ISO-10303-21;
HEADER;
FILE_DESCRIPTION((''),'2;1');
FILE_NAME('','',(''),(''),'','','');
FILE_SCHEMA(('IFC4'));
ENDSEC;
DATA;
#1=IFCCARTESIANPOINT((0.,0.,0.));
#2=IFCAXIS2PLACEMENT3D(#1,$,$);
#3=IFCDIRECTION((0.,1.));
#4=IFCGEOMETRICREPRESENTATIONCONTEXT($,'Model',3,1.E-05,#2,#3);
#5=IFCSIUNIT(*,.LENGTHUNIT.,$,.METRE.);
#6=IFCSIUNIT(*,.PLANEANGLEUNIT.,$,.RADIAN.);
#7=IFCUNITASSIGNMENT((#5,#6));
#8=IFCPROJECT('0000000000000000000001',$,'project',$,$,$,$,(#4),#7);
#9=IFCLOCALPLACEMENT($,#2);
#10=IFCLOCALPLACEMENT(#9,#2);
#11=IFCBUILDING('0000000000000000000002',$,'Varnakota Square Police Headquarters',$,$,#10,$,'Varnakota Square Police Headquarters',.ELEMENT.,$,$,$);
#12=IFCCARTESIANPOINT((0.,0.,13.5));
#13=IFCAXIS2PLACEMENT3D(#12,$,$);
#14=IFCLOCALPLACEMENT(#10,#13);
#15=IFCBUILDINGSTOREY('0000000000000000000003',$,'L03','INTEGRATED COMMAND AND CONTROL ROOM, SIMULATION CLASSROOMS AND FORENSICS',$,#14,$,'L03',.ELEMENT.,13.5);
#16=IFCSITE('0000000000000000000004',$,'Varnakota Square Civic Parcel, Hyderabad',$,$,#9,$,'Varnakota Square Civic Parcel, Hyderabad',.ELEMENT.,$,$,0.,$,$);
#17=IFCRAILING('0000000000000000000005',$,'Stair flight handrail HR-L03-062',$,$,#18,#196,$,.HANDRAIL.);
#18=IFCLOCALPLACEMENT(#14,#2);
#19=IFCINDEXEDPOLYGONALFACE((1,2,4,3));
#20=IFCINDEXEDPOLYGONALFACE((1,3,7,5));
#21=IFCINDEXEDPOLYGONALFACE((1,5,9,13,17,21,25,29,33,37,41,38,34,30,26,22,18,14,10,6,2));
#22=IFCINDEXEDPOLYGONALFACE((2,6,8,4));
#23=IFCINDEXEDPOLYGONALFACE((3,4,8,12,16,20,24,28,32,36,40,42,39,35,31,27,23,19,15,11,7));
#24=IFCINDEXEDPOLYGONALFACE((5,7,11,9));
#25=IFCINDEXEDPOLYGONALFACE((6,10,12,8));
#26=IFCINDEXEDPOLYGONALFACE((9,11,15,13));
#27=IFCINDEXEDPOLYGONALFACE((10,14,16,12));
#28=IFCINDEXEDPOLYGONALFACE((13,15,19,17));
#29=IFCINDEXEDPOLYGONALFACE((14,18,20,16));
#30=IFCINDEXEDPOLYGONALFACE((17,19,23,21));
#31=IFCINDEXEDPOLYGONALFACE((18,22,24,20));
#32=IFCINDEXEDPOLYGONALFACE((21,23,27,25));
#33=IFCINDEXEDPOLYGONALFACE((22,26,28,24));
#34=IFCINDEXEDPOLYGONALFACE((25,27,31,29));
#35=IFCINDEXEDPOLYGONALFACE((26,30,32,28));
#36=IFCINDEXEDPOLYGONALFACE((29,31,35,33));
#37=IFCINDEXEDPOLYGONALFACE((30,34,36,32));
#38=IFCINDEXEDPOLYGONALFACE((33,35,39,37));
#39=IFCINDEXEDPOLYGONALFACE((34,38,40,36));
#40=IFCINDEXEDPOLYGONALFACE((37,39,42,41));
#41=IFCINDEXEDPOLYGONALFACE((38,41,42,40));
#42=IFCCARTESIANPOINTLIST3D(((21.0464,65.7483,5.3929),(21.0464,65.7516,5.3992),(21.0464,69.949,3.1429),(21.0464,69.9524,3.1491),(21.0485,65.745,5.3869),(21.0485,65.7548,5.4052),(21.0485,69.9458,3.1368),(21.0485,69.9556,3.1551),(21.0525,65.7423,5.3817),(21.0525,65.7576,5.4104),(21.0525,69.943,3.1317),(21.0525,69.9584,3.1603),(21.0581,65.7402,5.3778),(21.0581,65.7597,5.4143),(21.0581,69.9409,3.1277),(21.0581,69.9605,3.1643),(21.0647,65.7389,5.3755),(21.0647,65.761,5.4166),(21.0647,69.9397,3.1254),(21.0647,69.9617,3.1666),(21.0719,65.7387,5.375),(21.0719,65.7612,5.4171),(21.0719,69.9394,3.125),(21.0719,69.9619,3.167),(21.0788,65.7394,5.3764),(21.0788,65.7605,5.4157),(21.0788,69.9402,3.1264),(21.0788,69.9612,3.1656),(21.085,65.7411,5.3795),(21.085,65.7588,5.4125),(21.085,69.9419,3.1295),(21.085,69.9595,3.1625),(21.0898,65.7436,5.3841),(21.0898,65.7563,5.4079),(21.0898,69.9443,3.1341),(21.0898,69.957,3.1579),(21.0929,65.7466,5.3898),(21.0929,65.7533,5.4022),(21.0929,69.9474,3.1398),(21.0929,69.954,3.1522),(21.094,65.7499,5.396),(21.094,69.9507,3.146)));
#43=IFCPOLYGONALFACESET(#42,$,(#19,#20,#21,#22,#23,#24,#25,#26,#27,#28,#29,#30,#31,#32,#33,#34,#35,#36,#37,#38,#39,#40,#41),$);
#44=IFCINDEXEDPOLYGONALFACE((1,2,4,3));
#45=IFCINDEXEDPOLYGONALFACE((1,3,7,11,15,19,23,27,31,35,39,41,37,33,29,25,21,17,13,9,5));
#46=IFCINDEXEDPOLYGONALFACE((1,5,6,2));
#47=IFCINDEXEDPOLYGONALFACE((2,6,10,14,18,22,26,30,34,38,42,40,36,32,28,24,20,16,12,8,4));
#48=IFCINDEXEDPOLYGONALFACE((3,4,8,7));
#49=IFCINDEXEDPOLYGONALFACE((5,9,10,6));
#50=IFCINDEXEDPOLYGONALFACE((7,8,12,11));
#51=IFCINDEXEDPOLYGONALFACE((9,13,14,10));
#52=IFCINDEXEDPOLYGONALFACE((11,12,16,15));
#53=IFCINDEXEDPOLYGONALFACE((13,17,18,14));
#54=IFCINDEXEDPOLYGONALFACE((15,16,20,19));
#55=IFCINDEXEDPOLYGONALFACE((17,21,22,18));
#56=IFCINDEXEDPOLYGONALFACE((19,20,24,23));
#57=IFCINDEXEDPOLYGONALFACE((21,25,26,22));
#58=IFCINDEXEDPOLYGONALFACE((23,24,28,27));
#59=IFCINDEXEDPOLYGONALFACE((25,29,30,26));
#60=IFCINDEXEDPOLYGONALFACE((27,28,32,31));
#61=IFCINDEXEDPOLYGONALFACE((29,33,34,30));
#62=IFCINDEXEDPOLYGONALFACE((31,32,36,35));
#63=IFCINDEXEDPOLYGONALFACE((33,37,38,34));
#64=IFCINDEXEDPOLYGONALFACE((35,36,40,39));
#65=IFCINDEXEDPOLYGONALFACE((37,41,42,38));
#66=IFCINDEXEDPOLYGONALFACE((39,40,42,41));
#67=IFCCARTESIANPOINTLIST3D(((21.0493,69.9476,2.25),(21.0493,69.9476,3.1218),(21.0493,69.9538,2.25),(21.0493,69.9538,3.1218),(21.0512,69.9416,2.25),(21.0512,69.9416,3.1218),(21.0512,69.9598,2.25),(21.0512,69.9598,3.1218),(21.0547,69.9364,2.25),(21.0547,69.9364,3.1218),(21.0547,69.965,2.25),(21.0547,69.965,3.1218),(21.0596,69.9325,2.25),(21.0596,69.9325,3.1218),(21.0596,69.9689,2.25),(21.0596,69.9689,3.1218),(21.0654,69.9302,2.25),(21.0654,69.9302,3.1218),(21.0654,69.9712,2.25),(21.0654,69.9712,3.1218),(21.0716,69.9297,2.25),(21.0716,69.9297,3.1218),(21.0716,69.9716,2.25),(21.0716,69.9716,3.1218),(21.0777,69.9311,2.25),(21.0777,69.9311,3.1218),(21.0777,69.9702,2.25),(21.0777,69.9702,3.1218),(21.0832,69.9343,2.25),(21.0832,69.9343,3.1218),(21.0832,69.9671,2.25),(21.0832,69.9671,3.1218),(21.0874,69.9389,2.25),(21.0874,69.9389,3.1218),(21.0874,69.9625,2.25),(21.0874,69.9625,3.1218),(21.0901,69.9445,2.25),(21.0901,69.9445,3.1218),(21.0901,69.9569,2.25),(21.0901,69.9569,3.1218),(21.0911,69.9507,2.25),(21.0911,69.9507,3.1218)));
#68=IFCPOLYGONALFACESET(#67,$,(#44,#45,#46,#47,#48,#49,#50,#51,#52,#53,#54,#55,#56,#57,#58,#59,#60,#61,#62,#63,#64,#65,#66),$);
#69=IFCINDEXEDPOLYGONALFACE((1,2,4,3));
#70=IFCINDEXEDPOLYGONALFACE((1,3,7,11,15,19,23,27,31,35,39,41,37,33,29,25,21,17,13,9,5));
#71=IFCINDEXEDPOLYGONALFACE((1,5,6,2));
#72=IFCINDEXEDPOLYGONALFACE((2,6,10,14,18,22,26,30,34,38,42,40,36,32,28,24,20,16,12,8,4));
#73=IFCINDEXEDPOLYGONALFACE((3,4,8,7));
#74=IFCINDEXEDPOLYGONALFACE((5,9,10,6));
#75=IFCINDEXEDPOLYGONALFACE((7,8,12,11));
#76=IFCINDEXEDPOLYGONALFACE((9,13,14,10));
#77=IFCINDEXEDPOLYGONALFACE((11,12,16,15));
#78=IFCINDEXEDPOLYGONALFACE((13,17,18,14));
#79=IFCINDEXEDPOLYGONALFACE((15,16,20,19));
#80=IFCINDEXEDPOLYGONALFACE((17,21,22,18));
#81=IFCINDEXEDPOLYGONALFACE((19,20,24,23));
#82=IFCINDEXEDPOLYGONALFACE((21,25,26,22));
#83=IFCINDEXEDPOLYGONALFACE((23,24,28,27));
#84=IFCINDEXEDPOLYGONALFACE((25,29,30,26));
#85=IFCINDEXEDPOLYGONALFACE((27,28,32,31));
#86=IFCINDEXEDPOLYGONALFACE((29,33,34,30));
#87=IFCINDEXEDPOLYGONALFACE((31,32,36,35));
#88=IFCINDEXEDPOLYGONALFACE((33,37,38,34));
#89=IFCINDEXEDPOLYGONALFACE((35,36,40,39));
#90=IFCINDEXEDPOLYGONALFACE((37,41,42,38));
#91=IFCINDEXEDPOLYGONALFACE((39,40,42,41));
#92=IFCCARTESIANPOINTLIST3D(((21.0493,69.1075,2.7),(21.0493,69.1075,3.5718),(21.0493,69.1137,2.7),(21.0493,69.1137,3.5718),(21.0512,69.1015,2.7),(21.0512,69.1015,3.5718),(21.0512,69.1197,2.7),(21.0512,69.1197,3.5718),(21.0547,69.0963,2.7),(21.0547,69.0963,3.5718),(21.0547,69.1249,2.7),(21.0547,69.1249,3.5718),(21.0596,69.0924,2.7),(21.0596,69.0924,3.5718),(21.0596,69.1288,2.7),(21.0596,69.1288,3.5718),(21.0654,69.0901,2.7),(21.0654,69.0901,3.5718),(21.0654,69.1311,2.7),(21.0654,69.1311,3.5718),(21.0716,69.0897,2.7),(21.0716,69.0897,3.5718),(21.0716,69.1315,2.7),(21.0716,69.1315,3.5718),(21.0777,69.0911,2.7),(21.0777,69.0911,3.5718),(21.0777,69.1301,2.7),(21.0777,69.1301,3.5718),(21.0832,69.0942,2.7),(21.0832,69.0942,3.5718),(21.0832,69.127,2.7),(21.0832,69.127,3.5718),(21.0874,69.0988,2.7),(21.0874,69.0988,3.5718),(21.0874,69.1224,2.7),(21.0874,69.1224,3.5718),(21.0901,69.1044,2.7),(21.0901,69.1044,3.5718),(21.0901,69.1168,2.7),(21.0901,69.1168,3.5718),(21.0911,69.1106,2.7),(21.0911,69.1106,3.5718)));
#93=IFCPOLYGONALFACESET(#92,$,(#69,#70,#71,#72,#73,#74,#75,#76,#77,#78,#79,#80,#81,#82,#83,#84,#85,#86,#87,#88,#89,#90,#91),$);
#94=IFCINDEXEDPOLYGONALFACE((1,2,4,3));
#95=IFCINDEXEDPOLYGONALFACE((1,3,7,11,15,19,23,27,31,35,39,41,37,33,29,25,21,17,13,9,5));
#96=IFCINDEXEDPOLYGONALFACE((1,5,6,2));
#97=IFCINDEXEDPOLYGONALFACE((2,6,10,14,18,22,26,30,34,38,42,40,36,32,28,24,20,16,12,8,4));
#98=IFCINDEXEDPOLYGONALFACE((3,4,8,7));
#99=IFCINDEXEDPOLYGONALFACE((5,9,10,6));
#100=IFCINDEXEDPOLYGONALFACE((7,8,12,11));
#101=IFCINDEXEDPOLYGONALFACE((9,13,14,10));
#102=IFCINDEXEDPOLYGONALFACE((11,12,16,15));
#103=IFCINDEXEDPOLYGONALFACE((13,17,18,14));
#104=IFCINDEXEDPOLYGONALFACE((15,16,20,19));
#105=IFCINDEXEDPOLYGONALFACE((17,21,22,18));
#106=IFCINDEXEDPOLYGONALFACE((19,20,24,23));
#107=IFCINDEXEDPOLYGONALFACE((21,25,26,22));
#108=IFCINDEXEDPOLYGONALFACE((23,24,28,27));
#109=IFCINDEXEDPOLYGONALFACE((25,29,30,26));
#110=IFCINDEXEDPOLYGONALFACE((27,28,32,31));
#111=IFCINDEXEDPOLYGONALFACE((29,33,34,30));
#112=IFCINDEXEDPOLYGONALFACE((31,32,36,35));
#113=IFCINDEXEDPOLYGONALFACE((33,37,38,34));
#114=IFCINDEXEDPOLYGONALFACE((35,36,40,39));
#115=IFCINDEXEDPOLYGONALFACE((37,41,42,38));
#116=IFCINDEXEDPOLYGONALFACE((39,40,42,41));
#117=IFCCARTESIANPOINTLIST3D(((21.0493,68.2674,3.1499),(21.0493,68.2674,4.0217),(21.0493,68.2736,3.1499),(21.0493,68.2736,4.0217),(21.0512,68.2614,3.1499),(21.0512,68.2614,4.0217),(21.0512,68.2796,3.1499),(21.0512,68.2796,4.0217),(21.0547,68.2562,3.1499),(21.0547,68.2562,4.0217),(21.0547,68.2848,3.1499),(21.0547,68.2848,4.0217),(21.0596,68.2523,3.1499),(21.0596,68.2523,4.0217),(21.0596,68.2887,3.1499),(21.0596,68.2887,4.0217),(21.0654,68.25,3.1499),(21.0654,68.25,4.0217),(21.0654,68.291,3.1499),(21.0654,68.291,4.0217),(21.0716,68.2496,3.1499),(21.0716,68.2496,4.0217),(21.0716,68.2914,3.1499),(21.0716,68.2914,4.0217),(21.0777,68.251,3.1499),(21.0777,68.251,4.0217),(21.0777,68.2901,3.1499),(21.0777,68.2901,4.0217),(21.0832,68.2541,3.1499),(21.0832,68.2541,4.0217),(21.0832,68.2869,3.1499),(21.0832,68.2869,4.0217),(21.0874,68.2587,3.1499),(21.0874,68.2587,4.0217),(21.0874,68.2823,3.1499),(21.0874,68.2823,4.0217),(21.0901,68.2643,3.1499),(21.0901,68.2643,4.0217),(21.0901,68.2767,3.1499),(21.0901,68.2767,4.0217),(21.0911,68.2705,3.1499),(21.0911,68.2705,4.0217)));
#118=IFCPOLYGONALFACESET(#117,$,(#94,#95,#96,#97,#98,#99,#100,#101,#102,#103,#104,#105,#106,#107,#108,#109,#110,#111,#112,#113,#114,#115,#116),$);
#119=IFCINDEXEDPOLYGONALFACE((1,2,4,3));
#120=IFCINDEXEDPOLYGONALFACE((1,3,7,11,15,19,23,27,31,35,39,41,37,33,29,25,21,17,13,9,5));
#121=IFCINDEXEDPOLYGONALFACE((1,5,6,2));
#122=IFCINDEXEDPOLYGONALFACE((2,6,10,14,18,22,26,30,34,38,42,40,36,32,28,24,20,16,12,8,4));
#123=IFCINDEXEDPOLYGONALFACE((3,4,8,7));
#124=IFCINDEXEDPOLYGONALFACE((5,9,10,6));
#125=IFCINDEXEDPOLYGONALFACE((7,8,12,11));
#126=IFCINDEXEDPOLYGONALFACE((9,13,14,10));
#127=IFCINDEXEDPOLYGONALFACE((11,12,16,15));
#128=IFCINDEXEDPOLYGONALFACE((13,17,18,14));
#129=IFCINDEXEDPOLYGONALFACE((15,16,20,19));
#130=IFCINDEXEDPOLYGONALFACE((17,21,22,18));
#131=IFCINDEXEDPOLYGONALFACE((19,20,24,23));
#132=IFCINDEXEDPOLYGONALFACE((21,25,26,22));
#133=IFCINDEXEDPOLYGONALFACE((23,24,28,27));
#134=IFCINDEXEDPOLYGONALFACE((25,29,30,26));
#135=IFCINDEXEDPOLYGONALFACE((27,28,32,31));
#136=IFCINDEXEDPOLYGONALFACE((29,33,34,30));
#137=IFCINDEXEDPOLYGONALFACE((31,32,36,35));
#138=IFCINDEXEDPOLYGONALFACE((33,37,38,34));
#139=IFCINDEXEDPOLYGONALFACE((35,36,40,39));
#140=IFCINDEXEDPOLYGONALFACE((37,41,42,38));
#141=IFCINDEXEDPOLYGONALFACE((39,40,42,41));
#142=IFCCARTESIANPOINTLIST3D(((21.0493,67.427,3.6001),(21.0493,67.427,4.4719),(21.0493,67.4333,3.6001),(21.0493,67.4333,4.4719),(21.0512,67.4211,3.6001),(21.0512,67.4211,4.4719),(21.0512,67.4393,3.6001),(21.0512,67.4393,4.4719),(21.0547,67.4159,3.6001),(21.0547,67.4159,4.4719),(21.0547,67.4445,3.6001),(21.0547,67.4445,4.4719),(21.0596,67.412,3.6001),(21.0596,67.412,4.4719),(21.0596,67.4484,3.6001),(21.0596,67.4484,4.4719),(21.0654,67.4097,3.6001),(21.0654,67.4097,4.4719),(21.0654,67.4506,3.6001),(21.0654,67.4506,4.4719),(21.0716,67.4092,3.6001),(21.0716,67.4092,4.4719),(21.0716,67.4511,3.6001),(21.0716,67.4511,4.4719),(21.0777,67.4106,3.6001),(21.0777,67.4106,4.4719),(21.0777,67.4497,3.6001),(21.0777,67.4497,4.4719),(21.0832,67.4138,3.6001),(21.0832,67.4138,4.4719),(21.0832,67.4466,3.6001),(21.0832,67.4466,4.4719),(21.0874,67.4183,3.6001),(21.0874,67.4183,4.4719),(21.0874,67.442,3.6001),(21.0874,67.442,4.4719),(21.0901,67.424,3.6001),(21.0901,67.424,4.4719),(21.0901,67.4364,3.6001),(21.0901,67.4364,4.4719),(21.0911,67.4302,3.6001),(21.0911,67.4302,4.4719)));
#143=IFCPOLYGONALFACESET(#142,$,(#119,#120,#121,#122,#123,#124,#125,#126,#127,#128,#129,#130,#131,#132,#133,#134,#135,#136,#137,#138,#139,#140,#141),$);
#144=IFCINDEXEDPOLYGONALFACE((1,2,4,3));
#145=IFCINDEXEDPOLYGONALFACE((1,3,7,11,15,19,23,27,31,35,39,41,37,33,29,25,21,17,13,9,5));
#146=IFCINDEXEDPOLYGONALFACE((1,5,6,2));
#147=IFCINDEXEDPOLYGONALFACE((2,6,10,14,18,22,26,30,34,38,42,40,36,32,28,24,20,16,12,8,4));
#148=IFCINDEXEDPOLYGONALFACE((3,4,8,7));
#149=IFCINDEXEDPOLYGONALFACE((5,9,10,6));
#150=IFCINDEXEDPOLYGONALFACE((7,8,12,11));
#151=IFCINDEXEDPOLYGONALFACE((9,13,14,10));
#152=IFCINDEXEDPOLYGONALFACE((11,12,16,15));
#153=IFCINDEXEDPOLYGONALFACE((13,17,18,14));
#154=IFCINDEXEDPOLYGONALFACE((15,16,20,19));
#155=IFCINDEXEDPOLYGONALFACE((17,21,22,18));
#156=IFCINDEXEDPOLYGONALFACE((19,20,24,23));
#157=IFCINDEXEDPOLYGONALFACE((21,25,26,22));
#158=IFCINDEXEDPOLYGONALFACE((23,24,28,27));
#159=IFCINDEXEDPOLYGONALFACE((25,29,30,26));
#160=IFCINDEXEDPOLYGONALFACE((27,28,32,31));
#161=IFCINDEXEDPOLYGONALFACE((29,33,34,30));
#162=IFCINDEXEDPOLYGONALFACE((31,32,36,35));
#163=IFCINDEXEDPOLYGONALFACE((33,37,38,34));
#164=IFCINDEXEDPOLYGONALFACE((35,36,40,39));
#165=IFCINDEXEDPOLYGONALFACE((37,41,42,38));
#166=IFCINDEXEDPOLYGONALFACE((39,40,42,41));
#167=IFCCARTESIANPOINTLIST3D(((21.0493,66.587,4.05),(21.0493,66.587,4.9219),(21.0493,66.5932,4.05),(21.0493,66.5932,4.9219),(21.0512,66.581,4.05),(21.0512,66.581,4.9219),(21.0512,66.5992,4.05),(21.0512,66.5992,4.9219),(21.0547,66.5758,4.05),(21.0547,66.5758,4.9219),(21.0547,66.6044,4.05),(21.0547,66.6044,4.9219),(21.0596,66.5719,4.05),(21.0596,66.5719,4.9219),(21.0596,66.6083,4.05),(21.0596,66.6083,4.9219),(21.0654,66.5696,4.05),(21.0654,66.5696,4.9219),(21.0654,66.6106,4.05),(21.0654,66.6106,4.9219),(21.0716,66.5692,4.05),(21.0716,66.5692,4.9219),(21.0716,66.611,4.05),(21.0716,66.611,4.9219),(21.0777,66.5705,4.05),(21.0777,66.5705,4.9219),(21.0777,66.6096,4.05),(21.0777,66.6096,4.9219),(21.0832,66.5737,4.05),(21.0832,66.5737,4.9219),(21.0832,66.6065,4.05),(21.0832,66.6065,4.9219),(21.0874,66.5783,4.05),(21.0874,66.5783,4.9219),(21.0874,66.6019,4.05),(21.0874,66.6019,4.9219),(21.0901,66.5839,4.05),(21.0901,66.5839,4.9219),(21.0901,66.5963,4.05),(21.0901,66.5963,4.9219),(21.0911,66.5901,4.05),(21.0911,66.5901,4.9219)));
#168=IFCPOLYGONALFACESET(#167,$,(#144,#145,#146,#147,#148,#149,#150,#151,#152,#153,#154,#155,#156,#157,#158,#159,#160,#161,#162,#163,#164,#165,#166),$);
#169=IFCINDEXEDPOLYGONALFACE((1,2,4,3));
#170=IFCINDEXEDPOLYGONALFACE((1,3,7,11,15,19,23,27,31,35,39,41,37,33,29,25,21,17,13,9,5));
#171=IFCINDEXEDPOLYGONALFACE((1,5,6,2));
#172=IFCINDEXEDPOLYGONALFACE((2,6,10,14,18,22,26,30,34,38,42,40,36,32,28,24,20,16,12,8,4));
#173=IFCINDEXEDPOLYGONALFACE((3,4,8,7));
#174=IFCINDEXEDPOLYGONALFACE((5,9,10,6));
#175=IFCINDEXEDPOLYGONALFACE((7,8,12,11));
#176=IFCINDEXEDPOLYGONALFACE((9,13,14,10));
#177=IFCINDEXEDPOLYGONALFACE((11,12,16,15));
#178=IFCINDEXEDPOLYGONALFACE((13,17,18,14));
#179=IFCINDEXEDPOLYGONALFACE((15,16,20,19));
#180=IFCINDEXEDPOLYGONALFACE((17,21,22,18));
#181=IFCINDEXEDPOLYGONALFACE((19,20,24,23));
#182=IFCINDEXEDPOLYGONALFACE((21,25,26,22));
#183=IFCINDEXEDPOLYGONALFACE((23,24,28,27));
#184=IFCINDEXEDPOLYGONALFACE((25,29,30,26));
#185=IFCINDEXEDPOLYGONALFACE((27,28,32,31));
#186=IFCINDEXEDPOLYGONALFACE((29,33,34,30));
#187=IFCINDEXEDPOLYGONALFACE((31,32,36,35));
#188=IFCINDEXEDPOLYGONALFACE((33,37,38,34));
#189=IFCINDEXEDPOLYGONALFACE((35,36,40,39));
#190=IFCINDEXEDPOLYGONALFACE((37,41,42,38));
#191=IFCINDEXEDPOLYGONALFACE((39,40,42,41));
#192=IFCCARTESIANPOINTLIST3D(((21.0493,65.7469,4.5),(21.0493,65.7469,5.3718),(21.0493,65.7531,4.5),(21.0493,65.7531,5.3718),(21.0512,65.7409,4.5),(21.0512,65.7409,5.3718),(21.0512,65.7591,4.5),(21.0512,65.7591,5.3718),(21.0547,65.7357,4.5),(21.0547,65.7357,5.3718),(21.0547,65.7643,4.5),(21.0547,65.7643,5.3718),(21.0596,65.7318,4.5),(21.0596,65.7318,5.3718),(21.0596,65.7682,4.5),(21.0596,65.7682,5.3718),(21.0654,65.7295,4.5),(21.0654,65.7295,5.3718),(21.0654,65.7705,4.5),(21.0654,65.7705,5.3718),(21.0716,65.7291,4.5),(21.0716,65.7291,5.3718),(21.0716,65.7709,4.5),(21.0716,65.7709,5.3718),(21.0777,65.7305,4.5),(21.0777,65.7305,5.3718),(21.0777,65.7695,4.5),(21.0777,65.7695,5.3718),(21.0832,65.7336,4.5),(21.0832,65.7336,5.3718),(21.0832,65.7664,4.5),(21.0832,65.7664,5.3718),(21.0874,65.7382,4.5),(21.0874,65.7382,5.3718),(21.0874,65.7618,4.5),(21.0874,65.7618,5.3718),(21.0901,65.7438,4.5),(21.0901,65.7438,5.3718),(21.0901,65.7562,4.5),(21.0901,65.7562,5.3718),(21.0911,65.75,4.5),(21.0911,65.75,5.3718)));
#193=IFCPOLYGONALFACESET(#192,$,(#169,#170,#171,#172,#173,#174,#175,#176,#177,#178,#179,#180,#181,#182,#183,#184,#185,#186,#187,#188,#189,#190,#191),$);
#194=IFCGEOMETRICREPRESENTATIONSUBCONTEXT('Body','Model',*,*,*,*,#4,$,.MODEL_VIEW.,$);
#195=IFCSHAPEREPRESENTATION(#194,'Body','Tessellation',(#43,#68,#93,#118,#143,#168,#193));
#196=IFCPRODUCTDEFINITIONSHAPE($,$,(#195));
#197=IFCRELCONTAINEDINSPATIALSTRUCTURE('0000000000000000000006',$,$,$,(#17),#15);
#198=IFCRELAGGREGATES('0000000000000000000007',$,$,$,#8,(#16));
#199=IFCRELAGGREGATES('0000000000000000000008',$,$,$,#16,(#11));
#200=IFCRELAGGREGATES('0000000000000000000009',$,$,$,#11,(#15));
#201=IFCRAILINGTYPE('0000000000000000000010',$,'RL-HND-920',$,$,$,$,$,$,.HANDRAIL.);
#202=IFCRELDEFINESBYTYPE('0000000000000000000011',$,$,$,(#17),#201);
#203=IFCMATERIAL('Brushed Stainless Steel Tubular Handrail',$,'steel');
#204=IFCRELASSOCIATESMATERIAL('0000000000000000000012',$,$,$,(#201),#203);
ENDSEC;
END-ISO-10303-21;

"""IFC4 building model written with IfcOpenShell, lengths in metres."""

from ifc_helpers import new_model, si_unit, direction, frame, origin, origin_2d, place, context, subcontext, project, spatial, circle, extrude, material, type_object, element, save


model = new_model("IFC4")

# Units and contexts
model_context = context("Model", 3, precision=1e-05, world=origin(), true_north=direction((0.0, 1.0)))
body_context = subcontext(model_context, "Body", "Model", "MODEL_VIEW")
ifc_project = project(units=[si_unit("LENGTHUNIT", "METRE"), si_unit("PLANEANGLEUNIT", "RADIAN")], contexts=[model_context])

# Site, building, storey
site_placement = place(None, origin())
site = spatial("IfcSite", under=ifc_project, at=site_placement, Name="Varnakota Square Civic Parcel, Hyderabad", LongName="Varnakota Square Civic Parcel, Hyderabad", CompositionType="ELEMENT", RefElevation=0.0)
building_placement = place(site_placement, origin())
building = spatial("IfcBuilding", under=site, at=building_placement, Name="Varnakota Square Police Headquarters", LongName="Varnakota Square Police Headquarters", CompositionType="ELEMENT")
storey_placement = place(building_placement, frame((0.0, 0.0, 13.5)))
storey = spatial("IfcBuildingStorey", under=building, at=storey_placement, Name="L03", Description="INTEGRATED COMMAND AND CONTROL ROOM, SIMULATION CLASSROOMS AND FORENSICS", LongName="L03", CompositionType="ELEMENT", Elevation=13.5)

# Railing
ifc_material_1 = material(Name="Brushed Stainless Steel Tubular Handrail", Category="steel")
railing_type_1 = type_object("IfcRailingType", Name="RL-HND-920", PredefinedType="HANDRAIL", material=ifc_material_1)
railing_1_placement = place(storey_placement, frame((21.0701, 69.9507, 2.25)))
element("IfcRailing", 1, at=railing_1_placement, inside=storey, type_object=railing_type_1, Name="Stair flight handrail HR-L03-062", PredefinedType="HANDRAIL", context=body_context, shape_type="SweptSolid", body=[
    extrude(circle(Radius=0.0239, at=origin_2d()), frame((0.0, 0.0, 0.896), z_axis=(0.0, -0.881512, 0.472162), x_axis=(1.0, 0.0, 0.0)), (0.0, 0.0, 1.0), 4.7654),
    extrude(circle(Radius=0.021, at=origin_2d()), origin(), (0.0, 0.0, 1.0), 0.8718),
    extrude(circle(Radius=0.021, at=origin_2d()), frame((0.0, -0.8401, 0.45)), (0.0, 0.0, 1.0), 0.8718),
    extrude(circle(Radius=0.021, at=origin_2d()), frame((0.0, -1.6802, 0.8999)), (0.0, 0.0, 1.0), 0.8718),
    extrude(circle(Radius=0.021, at=origin_2d()), frame((0.0, -2.5205, 1.3501)), (0.0, 0.0, 1.0), 0.8718),
    extrude(circle(Radius=0.021, at=origin_2d()), frame((0.0, -3.3606, 1.8)), (0.0, 0.0, 1.0), 0.8718),
    extrude(circle(Radius=0.021, at=origin_2d()), frame((0.0, -4.2007, 2.25)), (0.0, 0.0, 1.0), 0.8718),
])

save(model, "model.ifc")
